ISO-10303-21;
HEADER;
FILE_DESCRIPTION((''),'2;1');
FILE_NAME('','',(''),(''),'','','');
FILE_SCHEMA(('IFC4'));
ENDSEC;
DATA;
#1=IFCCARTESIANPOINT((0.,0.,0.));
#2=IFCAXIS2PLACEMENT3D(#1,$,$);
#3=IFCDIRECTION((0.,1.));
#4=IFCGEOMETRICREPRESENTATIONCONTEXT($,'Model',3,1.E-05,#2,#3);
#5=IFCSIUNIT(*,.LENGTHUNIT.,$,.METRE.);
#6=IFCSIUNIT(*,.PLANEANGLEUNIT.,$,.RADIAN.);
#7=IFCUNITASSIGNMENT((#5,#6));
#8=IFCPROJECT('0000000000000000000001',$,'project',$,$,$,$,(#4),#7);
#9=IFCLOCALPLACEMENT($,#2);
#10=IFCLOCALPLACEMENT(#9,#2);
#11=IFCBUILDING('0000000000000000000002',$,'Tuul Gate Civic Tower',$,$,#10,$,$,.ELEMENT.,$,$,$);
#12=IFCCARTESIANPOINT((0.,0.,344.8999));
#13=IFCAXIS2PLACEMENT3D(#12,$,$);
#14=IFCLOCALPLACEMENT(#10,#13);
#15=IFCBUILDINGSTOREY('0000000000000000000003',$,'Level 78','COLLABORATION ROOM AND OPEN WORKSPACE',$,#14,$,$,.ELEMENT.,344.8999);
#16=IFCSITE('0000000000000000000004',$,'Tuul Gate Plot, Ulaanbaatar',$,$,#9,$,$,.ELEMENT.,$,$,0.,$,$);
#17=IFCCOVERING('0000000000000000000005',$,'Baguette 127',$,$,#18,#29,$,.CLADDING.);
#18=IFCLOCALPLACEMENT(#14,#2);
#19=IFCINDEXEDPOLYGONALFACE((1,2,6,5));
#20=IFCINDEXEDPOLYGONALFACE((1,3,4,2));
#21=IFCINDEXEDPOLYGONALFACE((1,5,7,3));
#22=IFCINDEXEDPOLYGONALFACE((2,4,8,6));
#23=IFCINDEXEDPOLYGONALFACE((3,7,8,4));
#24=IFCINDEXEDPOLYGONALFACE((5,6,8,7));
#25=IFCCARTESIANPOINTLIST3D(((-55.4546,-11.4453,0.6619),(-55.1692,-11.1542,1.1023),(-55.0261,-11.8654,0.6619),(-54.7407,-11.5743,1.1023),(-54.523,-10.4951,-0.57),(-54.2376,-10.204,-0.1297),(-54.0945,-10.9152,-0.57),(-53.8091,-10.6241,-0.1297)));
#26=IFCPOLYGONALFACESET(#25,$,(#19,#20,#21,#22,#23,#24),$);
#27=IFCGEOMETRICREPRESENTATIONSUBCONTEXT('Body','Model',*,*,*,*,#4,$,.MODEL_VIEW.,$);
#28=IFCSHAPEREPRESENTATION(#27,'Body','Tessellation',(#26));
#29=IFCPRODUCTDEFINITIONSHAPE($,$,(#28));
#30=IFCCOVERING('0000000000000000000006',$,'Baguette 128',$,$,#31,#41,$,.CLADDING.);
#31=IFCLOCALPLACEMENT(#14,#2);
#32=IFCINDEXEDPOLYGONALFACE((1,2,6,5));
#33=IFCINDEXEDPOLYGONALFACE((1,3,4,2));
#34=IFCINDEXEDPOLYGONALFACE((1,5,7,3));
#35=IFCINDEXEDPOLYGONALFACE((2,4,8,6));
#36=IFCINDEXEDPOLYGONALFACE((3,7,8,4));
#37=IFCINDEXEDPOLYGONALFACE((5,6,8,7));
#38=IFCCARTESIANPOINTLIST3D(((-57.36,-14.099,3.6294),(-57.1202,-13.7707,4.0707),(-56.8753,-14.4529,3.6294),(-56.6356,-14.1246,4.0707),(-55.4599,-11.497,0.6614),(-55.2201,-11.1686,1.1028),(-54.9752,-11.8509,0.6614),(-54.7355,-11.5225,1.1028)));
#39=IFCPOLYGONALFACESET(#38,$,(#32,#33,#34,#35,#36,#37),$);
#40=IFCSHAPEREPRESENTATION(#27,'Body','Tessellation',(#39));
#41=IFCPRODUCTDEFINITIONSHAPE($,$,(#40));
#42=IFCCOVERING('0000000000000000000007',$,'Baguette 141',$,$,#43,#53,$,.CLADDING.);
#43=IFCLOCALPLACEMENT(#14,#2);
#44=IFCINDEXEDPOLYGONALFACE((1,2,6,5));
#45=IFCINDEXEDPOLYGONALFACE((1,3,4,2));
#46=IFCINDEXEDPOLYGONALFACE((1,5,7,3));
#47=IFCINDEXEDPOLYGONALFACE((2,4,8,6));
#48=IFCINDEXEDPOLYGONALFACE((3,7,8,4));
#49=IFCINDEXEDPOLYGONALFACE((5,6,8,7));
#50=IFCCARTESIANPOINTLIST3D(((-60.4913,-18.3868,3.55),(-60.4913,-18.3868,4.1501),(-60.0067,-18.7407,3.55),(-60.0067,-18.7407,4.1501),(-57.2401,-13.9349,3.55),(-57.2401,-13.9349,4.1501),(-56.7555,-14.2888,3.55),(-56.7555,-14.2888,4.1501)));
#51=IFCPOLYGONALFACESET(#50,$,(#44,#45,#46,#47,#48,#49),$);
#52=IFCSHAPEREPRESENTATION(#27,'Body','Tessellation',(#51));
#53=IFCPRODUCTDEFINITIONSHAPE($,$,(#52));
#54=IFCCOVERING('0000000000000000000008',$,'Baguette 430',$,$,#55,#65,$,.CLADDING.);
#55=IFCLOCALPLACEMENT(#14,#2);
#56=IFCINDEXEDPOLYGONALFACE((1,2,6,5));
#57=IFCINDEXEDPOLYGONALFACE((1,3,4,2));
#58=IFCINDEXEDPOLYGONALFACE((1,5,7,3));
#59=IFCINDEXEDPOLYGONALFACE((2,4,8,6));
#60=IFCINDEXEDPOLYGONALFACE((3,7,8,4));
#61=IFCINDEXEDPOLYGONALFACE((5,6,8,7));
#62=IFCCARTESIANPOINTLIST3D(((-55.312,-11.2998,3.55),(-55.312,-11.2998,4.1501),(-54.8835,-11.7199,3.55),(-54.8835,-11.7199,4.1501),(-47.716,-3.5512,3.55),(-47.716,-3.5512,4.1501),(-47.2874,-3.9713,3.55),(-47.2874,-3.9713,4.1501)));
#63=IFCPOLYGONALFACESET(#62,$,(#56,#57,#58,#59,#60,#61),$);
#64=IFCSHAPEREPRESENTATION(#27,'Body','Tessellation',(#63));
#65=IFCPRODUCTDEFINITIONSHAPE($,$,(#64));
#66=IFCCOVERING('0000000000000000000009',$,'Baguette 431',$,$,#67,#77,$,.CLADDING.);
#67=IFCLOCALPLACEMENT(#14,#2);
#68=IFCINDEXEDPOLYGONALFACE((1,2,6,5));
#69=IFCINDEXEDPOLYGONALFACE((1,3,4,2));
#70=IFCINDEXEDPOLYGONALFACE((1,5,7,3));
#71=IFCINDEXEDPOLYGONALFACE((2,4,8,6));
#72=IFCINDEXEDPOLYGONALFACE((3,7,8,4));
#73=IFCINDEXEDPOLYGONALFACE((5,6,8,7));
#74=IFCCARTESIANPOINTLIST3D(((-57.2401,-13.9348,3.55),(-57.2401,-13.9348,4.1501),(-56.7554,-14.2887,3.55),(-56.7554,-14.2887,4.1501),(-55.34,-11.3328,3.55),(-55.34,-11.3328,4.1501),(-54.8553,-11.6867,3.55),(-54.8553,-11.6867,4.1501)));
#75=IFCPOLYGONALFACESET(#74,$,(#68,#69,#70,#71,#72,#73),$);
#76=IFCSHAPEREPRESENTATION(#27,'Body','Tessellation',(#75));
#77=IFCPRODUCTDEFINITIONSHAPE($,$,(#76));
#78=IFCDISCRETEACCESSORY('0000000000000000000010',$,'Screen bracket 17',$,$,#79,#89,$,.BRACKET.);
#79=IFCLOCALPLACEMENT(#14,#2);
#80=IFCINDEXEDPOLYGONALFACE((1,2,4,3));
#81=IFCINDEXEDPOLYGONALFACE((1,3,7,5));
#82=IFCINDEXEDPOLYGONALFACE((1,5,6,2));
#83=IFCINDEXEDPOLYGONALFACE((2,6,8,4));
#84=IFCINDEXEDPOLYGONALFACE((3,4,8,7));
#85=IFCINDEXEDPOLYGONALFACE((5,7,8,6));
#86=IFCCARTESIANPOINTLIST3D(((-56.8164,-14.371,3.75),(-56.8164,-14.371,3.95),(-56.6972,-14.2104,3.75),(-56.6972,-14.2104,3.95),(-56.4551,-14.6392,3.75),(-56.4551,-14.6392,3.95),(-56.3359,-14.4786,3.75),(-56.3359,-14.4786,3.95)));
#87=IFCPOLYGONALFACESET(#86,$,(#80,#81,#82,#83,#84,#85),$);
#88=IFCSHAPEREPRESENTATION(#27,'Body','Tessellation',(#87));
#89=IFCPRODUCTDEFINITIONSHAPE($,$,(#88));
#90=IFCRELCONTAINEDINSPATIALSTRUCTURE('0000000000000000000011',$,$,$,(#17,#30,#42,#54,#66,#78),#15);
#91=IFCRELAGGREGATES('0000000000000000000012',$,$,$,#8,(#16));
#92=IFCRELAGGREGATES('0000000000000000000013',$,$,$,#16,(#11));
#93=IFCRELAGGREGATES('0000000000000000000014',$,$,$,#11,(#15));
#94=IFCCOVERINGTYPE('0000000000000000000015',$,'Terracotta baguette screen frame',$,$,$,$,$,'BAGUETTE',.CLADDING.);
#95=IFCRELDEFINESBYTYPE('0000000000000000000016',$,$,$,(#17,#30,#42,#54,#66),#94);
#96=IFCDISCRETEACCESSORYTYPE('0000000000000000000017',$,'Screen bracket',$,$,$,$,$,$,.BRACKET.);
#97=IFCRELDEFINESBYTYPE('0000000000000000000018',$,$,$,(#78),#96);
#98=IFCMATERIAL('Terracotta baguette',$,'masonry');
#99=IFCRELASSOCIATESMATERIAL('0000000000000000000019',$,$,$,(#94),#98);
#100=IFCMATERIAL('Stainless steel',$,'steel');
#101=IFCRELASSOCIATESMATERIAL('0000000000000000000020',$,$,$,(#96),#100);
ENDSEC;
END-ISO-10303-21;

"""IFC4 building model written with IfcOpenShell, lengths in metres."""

from ifc_helpers import new_model, si_unit, direction, frame, origin, origin_2d, place, context, subcontext, project, spatial, rectangle, extrude, material, material_profile, profile_set, type_object, element, save


model = new_model("IFC4")

# Units and contexts
model_context = context("Model", 3, precision=1e-05, world=origin(), true_north=direction((0.0, 1.0)))
body_context = subcontext(model_context, "Body", "Model", "MODEL_VIEW")
ifc_project = project(units=[si_unit("LENGTHUNIT", "METRE"), si_unit("PLANEANGLEUNIT", "RADIAN")], contexts=[model_context])

# Site, building, storey
site_placement = place(None, origin())
site = spatial("IfcSite", under=ifc_project, at=site_placement, Name="Tuul Gate Plot, Ulaanbaatar", CompositionType="ELEMENT", RefElevation=0.0)
building_placement = place(site_placement, origin())
building = spatial("IfcBuilding", under=site, at=building_placement, Name="Tuul Gate Civic Tower", CompositionType="ELEMENT")
storey_placement = place(building_placement, frame((0.0, 0.0, 344.8999)))
storey = spatial("IfcBuildingStorey", under=building, at=storey_placement, Name="Level 78", Description="COLLABORATION ROOM AND OPEN WORKSPACE", CompositionType="ELEMENT", Elevation=344.8999)

# Coverings
ifc_material_1 = material(Name="Terracotta baguette", Category="masonry")
ifc_material_profile_1 = material_profile(ifc_material_1, rectangle(XDim=0.6001, YDim=0.6001, at=origin_2d()), Name="Terracotta baguette screen frame")
ifc_profile_set_1 = profile_set([ifc_material_profile_1], Name="Terracotta baguette")
covering_type = type_object("IfcCoveringType", Name="Terracotta baguette screen frame", ElementType="BAGUETTE", PredefinedType="CLADDING", material=ifc_profile_set_1)
covering_1_placement = place(storey_placement, frame((-54.166, -10.5596, -0.3499), z_axis=(-0.513748, -0.52398, 0.679343), x_axis=(0.714044, -0.700101, 0.0)))
element("IfcCovering", 1, at=covering_1_placement, inside=storey, type_object=covering_type, Name="Baguette 127", PredefinedType="CLADDING", context=body_context, shape_type="SweptSolid", body=[
    extrude(rectangle(XDim=0.6001, YDim=0.6001, at=origin_2d()), origin(), (0.0, 0.0, 1.0), 1.8135),
])
covering_2_placement = place(storey_placement, frame((-55.0977, -11.5098, 0.8821), z_axis=(-0.433756, -0.593983, 0.677524), x_axis=(0.807591, -0.589743, 0.0)))
element("IfcCovering", 2, at=covering_2_placement, inside=storey, type_object=covering_type, Name="Baguette 128", PredefinedType="CLADDING", context=body_context, shape_type="SweptSolid", body=[
    extrude(rectangle(XDim=0.6001, YDim=0.6001, at=origin_2d()), origin(), (0.0, 0.0, 1.0), 4.3806),
])
covering_3_placement = place(storey_placement, frame((-56.9978, -14.1118, 3.8501), z_axis=(-0.589769, -0.807572, 0.0), x_axis=(0.807572, -0.589769, 0.0)))
element("IfcCovering", 3, at=covering_3_placement, inside=storey, type_object=covering_type, Name="Baguette 141", PredefinedType="CLADDING", context=body_context, shape_type="SweptSolid", body=[
    extrude(rectangle(XDim=0.6001, YDim=0.6001, at=origin_2d()), origin(), (0.0, 0.0, 1.0), 5.5127),
])
covering_4_placement = place(storey_placement, frame((-47.5017, -3.7612, 3.8501), z_axis=(-0.700041, -0.714103, 0.0), x_axis=(0.714103, -0.700041, 0.0)))
element("IfcCovering", 4, at=covering_4_placement, inside=storey, type_object=covering_type, Name="Baguette 430", PredefinedType="CLADDING", context=body_context, shape_type="SweptSolid", body=[
    extrude(rectangle(XDim=0.6001, YDim=0.6001, at=origin_2d()), origin(), (0.0, 0.0, 1.0), 10.8508),
])
covering_5_placement = place(storey_placement, frame((-55.0977, -11.5098, 3.8501), z_axis=(-0.589743, -0.807591, 0.0), x_axis=(0.807591, -0.589743, 0.0)))
element("IfcCovering", 5, at=covering_5_placement, inside=storey, type_object=covering_type, Name="Baguette 431", PredefinedType="CLADDING", context=body_context, shape_type="SweptSolid", body=[
    extrude(rectangle(XDim=0.6001, YDim=0.6001, at=origin_2d()), origin(), (0.0, 0.0, 1.0), 3.2219),
])

# Discrete accessory
ifc_material_2 = material(Name="Stainless steel", Category="steel")
discrete_accessory_type = type_object("IfcDiscreteAccessoryType", Name="Screen bracket", PredefinedType="BRACKET", material=ifc_material_2)
discrete_accessory_placement = place(storey_placement, frame((-56.5762, -14.4248, 3.75), z_axis=(0.0, 0.0, 1.0), x_axis=(-0.802893, 0.596123, 0.0)))
element("IfcDiscreteAccessory", 6, at=discrete_accessory_placement, inside=storey, type_object=discrete_accessory_type, Name="Screen bracket 17", PredefinedType="BRACKET", context=body_context, shape_type="SweptSolid", body=[
    extrude(rectangle(XDim=0.45, YDim=0.2, at=origin_2d()), origin(), (0.0, 0.0, 1.0), 0.2),
])

save(model, "model.ifc")
